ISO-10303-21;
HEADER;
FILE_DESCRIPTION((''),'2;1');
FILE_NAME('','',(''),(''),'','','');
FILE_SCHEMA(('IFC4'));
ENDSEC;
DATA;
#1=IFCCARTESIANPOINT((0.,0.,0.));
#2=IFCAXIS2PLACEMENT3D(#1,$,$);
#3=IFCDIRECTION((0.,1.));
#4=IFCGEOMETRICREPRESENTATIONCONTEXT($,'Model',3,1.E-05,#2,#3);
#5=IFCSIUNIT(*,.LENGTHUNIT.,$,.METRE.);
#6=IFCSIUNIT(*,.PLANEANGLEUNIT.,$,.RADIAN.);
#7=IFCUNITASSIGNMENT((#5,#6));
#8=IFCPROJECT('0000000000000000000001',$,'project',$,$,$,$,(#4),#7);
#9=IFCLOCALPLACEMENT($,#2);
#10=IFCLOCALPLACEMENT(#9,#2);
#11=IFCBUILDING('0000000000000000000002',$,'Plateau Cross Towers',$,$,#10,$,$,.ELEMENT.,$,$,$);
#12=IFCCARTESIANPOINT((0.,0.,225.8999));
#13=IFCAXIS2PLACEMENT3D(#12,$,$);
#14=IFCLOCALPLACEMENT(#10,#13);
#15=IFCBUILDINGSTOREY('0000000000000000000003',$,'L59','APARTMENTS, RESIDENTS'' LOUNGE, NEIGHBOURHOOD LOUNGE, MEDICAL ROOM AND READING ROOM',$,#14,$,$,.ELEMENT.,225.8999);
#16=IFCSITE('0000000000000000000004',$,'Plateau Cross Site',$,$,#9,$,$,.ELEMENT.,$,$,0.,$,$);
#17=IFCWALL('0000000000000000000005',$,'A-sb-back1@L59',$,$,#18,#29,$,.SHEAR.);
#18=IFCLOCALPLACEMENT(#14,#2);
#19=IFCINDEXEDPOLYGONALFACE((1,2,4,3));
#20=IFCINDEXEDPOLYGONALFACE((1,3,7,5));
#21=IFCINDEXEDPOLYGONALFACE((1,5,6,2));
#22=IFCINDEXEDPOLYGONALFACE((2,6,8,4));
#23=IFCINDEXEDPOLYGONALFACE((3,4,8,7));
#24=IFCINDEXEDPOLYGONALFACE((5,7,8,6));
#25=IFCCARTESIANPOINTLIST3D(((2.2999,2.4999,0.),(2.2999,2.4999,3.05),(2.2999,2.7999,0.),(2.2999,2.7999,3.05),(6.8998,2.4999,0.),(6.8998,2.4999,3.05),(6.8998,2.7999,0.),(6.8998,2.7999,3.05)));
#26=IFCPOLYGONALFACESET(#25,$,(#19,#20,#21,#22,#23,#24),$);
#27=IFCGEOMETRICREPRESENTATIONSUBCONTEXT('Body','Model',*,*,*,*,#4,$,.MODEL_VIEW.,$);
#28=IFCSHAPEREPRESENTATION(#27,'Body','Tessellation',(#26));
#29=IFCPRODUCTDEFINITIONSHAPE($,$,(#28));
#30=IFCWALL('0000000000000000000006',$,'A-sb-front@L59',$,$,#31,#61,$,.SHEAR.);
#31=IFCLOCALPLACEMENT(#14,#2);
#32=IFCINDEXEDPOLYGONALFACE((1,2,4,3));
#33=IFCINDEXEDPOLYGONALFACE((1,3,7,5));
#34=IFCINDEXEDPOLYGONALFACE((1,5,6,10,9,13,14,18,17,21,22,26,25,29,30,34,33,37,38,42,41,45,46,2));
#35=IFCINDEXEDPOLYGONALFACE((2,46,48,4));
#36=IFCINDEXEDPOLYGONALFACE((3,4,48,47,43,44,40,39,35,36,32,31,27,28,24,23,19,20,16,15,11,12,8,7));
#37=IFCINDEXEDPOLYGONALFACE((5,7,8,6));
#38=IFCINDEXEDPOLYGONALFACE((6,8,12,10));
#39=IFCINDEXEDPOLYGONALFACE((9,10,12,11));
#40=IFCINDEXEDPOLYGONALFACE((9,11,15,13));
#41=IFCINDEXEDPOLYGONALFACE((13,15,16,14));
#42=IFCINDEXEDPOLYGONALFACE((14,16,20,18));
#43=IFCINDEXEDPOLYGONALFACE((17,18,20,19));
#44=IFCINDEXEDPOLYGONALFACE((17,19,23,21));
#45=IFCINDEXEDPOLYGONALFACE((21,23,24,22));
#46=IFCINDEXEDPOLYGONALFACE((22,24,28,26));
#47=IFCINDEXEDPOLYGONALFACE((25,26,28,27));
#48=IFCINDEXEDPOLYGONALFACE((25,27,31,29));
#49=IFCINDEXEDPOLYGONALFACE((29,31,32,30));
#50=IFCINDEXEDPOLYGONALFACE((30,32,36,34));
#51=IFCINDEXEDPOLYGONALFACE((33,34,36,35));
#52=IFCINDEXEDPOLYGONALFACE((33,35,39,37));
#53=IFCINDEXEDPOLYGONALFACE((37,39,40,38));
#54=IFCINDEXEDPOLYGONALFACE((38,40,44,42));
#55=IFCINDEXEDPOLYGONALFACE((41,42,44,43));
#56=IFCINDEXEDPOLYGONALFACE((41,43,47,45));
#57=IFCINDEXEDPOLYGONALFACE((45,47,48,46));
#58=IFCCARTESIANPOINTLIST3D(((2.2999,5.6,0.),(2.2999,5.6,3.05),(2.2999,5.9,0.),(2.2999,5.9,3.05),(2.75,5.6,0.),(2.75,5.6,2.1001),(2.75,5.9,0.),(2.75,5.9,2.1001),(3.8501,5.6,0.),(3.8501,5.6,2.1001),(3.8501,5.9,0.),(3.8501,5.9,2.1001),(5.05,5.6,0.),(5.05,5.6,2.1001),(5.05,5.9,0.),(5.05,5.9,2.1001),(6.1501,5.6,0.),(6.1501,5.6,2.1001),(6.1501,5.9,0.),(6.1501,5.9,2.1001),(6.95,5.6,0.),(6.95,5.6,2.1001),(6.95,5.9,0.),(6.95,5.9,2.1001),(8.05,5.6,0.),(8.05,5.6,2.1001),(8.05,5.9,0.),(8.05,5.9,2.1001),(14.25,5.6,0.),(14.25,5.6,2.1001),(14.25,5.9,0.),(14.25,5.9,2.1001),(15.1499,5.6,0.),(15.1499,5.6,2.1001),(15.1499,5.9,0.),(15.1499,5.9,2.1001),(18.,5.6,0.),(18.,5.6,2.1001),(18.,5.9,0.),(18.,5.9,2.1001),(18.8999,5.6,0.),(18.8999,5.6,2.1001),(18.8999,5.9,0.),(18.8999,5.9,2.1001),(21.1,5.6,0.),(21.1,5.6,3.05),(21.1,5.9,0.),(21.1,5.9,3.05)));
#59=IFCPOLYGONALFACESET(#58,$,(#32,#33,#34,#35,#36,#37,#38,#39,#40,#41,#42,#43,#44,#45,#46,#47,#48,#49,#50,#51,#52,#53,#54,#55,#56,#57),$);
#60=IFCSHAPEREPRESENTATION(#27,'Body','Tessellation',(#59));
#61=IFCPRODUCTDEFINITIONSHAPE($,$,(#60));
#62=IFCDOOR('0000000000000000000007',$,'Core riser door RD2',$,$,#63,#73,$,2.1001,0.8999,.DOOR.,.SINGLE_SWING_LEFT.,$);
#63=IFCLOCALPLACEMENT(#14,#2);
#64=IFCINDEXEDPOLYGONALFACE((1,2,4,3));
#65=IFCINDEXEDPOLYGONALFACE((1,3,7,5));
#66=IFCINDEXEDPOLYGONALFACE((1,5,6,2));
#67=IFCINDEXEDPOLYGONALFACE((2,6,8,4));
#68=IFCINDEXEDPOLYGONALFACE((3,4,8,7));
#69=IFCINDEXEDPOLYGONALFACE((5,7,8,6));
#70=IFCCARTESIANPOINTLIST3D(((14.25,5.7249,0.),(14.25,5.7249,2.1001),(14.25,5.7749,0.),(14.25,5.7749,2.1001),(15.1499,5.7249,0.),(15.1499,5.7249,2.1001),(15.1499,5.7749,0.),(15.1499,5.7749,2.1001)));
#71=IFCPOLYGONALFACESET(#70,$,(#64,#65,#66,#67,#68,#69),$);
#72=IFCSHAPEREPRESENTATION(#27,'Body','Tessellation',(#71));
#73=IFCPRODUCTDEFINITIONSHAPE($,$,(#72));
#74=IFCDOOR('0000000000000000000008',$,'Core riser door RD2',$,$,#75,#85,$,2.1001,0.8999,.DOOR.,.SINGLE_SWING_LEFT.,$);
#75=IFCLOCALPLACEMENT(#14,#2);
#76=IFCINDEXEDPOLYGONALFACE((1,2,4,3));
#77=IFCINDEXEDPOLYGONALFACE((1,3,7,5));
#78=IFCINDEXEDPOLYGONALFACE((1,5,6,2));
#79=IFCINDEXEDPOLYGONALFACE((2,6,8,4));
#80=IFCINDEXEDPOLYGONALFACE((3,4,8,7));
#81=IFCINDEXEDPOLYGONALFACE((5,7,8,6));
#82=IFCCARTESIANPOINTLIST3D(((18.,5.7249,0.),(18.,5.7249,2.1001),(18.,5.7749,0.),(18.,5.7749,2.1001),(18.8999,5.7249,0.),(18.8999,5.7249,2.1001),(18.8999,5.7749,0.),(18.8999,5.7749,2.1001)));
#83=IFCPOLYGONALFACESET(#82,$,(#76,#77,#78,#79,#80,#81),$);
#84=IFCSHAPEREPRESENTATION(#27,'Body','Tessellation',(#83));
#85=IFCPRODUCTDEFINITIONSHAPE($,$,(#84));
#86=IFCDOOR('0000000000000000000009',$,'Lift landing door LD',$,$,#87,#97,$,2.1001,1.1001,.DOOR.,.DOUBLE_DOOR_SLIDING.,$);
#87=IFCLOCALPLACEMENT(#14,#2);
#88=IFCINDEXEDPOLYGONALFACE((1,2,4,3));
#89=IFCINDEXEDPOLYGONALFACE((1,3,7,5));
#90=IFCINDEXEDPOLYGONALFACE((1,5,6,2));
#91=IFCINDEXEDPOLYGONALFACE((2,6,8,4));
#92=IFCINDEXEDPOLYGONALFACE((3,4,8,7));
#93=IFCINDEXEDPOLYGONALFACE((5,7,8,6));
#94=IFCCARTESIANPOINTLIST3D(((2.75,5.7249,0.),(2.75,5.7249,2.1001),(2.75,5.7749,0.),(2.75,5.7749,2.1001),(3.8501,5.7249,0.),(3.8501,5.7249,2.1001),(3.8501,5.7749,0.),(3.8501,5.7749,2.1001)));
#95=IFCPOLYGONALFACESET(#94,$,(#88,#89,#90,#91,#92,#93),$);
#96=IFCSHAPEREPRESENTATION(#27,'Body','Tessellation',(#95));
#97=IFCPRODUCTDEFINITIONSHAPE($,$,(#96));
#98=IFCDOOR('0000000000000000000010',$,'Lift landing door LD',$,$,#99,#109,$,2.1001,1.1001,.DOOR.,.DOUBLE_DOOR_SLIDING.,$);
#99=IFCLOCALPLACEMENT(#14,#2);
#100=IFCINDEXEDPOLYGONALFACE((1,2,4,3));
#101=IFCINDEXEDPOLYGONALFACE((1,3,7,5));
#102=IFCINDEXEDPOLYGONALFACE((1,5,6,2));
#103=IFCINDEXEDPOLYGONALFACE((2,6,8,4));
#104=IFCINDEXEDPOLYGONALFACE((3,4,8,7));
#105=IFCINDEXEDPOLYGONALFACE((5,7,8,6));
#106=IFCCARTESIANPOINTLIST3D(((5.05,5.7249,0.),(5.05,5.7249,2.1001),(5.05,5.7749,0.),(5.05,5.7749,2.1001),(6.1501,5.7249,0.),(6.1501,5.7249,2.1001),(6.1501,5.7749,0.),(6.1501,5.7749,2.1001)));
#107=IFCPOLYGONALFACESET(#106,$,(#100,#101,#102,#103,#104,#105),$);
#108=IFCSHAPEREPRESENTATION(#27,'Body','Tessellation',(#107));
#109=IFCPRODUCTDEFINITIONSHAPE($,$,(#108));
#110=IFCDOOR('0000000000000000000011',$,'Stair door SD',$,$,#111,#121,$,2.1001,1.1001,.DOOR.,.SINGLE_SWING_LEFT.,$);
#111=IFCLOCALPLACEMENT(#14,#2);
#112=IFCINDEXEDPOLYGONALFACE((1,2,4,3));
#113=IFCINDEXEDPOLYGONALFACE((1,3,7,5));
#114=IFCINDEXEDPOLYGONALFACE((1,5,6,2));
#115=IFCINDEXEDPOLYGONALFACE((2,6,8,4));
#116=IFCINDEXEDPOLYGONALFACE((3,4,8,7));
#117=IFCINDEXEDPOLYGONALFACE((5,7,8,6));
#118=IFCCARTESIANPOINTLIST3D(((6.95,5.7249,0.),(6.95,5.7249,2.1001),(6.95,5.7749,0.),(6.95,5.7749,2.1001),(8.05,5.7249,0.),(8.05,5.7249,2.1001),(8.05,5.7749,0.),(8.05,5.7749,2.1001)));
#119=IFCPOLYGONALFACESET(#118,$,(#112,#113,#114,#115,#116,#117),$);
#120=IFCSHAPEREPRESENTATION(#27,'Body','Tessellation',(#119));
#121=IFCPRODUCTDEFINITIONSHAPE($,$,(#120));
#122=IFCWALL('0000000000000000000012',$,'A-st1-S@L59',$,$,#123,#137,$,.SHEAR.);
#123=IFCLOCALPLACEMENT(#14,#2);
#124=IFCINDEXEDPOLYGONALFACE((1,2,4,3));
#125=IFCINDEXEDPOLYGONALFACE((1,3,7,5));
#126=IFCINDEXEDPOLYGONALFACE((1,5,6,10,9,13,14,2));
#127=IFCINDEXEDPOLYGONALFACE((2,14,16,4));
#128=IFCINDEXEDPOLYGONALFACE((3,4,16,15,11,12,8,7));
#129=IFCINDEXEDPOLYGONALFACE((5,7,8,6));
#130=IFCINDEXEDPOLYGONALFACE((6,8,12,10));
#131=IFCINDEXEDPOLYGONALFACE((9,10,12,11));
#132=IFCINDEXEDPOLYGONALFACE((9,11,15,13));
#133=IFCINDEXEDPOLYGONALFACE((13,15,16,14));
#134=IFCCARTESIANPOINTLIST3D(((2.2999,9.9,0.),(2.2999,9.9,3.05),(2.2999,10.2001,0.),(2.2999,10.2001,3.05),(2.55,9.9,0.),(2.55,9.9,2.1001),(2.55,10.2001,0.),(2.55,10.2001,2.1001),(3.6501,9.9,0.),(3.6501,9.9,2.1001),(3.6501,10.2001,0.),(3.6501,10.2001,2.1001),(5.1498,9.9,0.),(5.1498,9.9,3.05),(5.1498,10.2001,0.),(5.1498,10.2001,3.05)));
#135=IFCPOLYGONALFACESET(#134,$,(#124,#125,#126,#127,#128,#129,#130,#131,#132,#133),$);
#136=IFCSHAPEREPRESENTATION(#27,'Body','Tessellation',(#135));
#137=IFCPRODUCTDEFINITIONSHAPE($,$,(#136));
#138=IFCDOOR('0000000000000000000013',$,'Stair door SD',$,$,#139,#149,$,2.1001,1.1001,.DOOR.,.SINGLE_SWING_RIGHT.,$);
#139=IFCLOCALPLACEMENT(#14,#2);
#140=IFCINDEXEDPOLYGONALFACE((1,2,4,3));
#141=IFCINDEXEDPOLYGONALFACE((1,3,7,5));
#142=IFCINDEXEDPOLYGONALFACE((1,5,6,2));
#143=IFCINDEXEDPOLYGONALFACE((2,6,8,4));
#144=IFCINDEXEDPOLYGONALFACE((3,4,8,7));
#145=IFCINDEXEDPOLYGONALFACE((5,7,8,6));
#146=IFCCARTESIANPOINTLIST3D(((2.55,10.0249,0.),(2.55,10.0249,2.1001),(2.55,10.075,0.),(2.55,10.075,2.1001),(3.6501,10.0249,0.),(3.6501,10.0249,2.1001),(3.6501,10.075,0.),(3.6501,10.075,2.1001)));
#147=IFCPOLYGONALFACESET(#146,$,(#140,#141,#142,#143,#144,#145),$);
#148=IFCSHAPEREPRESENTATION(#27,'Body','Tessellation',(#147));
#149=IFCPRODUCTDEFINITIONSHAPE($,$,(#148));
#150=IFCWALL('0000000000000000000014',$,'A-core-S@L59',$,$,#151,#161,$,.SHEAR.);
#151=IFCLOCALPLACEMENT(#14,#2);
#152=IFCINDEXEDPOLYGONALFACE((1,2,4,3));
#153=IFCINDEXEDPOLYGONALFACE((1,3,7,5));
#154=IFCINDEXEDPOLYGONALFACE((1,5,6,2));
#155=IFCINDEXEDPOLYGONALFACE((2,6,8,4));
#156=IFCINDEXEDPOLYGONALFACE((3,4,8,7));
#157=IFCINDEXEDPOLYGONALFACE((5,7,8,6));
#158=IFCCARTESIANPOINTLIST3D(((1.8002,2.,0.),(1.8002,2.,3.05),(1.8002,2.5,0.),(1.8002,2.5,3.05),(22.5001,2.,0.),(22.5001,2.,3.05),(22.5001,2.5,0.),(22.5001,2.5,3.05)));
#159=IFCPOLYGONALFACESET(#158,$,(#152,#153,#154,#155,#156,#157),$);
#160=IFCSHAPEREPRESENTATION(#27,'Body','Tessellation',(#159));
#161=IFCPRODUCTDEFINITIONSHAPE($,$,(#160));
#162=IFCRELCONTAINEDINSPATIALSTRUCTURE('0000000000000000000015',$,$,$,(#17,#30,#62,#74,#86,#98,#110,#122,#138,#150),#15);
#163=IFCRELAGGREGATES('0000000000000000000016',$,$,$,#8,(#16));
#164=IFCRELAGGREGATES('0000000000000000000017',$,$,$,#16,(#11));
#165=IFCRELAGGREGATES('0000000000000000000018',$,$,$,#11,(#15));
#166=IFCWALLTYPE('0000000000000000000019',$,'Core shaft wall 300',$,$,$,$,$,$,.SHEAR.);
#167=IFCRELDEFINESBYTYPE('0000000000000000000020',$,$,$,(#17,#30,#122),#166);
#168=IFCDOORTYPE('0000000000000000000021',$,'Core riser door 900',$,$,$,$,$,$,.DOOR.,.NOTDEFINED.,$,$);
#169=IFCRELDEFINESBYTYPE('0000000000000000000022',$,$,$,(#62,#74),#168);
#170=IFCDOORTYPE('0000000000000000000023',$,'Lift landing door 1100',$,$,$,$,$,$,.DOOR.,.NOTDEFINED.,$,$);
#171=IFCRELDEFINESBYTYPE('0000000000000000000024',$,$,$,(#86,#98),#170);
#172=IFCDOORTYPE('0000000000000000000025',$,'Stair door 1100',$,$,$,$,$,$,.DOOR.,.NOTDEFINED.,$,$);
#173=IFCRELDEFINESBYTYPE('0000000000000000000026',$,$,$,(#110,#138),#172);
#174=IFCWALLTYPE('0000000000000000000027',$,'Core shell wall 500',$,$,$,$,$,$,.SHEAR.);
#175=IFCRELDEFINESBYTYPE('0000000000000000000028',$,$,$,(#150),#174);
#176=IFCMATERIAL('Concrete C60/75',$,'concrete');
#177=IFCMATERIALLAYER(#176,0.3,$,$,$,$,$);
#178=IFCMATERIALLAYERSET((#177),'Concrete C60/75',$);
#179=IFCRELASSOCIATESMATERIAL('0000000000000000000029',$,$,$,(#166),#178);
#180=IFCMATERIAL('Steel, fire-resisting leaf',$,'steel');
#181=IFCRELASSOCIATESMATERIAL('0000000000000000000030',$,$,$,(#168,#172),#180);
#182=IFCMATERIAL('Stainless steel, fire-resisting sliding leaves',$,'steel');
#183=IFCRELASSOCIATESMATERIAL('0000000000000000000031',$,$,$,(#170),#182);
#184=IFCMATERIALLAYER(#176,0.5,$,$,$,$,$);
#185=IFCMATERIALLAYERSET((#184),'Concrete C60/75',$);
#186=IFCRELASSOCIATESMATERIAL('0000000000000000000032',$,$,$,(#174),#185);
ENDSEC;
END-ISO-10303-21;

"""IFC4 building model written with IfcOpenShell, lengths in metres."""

from ifc_helpers import new_model, si_unit, direction, frame, frame_2d, origin, place, context, subcontext, project, spatial, rectangle, extrude, material, layer, layer_set, type_object, element, fill, save


model = new_model("IFC4")

# Units and contexts
model_context = context("Model", 3, precision=1e-05, world=origin(), true_north=direction((0.0, 1.0)))
body_context = subcontext(model_context, "Body", "Model", "MODEL_VIEW")
ifc_project = project(units=[si_unit("LENGTHUNIT", "METRE"), si_unit("PLANEANGLEUNIT", "RADIAN")], contexts=[model_context])

# Site, building, storey
site_placement = place(None, origin())
site = spatial("IfcSite", under=ifc_project, at=site_placement, Name="Plateau Cross Site", CompositionType="ELEMENT", RefElevation=0.0)
building_placement = place(site_placement, origin())
building = spatial("IfcBuilding", under=site, at=building_placement, Name="Plateau Cross Towers", CompositionType="ELEMENT")
storey_placement = place(building_placement, frame((0.0, 0.0, 225.8999)))
storey = spatial("IfcBuildingStorey", under=building, at=storey_placement, Name="L59", Description="APARTMENTS, RESIDENTS' LOUNGE, NEIGHBOURHOOD LOUNGE, MEDICAL ROOM AND READING ROOM", CompositionType="ELEMENT", Elevation=225.8999)

# Shared definitions
ifc_material_1 = material(Name="Concrete C60/75", Category="concrete")

# Wall
ifc_layer_1 = layer(ifc_material_1, 0.3)
ifc_layer_set_1 = layer_set([ifc_layer_1], Name="Concrete C60/75")
wall_type_1 = type_object("IfcWallType", Name="Core shaft wall 300", PredefinedType="SHEAR", material=ifc_layer_set_1)
wall_1_placement = place(storey_placement, frame((2.3, 2.6499, 0.0), z_axis=(0.0, 0.0, 1.0), x_axis=(1.0, 0.0, 0.0)))
element("IfcWall", 1, at=wall_1_placement, inside=storey, type_object=wall_type_1, Name="A-sb-back1@L59", PredefinedType="SHEAR", context=body_context, shape_type="SweptSolid", body=[
    extrude(rectangle(XDim=4.5999, YDim=0.3, at=frame_2d((2.2998, 0.0))), origin(), (0.0, 0.0, 1.0), 3.05),
])

# Wall, openings, doors
wall_2_placement = place(storey_placement, frame((2.3, 5.75, 0.0), z_axis=(0.0, 0.0, 1.0), x_axis=(1.0, 0.0, 0.0)))
wall_2 = element("IfcWall", 2, at=wall_2_placement, inside=storey, type_object=wall_type_1, Name="A-sb-front@L59", PredefinedType="SHEAR", context=body_context, shape_type="SweptSolid", body=[
    extrude(rectangle(XDim=18.8, YDim=0.3, at=frame_2d((9.3999, 0.0))), origin(), (0.0, 0.0, 1.0), 3.05),
])
opening_1_placement = place(wall_2_placement, frame((4.6499, 0.0, 0.0)))
opening_1 = element("IfcOpeningElement", 3, at=opening_1_placement, cuts=wall_2, PredefinedType="OPENING", context=body_context, shape_type="SweptSolid", body=[
    extrude(rectangle(XDim=1.1001, YDim=2.1001, at=frame_2d((0.55, 1.05))), frame((0.0, 0.1599, 0.0), z_axis=(0.0, -1.0, 0.0), x_axis=(1.0, 0.0, 0.0)), (0.0, 0.0, 1.0), 0.3201),
])
opening_2_placement = place(wall_2_placement, frame((0.45, 0.0, 0.0)))
opening_2 = element("IfcOpeningElement", 4, at=opening_2_placement, cuts=wall_2, PredefinedType="OPENING", context=body_context, shape_type="SweptSolid", body=[
    extrude(rectangle(XDim=1.1001, YDim=2.1001, at=frame_2d((0.55, 1.05))), frame((0.0, 0.1599, 0.0), z_axis=(0.0, -1.0, 0.0), x_axis=(1.0, 0.0, 0.0)), (0.0, 0.0, 1.0), 0.3201),
])
opening_3_placement = place(wall_2_placement, frame((2.75, 0.0, 0.0)))
opening_3 = element("IfcOpeningElement", 5, at=opening_3_placement, cuts=wall_2, PredefinedType="OPENING", context=body_context, shape_type="SweptSolid", body=[
    extrude(rectangle(XDim=1.1001, YDim=2.1001, at=frame_2d((0.55, 1.05))), frame((0.0, 0.1599, 0.0), z_axis=(0.0, -1.0, 0.0), x_axis=(1.0, 0.0, 0.0)), (0.0, 0.0, 1.0), 0.3201),
])
opening_4_placement = place(wall_2_placement, frame((11.95, 0.0, 0.0)))
opening_4 = element("IfcOpeningElement", 6, at=opening_4_placement, cuts=wall_2, PredefinedType="OPENING", context=body_context, shape_type="SweptSolid", body=[
    extrude(rectangle(XDim=0.8999, YDim=2.1001, at=frame_2d((0.45, 1.05))), frame((0.0, 0.1599, 0.0), z_axis=(0.0, -1.0, 0.0), x_axis=(1.0, 0.0, 0.0)), (0.0, 0.0, 1.0), 0.3201),
])
opening_5_placement = place(wall_2_placement, frame((15.7, 0.0, 0.0)))
opening_5 = element("IfcOpeningElement", 7, at=opening_5_placement, cuts=wall_2, PredefinedType="OPENING", context=body_context, shape_type="SweptSolid", body=[
    extrude(rectangle(XDim=0.8999, YDim=2.1001, at=frame_2d((0.45, 1.05))), frame((0.0, 0.1599, 0.0), z_axis=(0.0, -1.0, 0.0), x_axis=(1.0, 0.0, 0.0)), (0.0, 0.0, 1.0), 0.3201),
])
ifc_material_2 = material(Name="Steel, fire-resisting leaf", Category="steel")
door_type_1 = type_object("IfcDoorType", Name="Core riser door 900", OperationType="NOTDEFINED", PredefinedType="DOOR", material=ifc_material_2)
door_1_placement = place(opening_4_placement, origin())
door_1 = element("IfcDoor", 8, at=door_1_placement, inside=storey, type_object=door_type_1, Name="Core riser door RD2", OperationType="SINGLE_SWING_LEFT", OverallHeight=2.1001, OverallWidth=0.8999, PredefinedType="DOOR", context=body_context, shape_type="SweptSolid", body=[
    extrude(rectangle(XDim=0.8999, YDim=2.1001, at=frame_2d((0.45, 1.05))), frame((0.0, 0.0249, 0.0), z_axis=(0.0, -1.0, 0.0), x_axis=(1.0, 0.0, 0.0)), (0.0, 0.0, 1.0), 0.05),
])
fill(opening_4, door_1)
door_2_placement = place(opening_5_placement, origin())
door_2 = element("IfcDoor", 9, at=door_2_placement, inside=storey, type_object=door_type_1, Name="Core riser door RD2", OperationType="SINGLE_SWING_LEFT", OverallHeight=2.1001, OverallWidth=0.8999, PredefinedType="DOOR", context=body_context, shape_type="SweptSolid", body=[
    extrude(rectangle(XDim=0.8999, YDim=2.1001, at=frame_2d((0.45, 1.05))), frame((0.0, 0.0249, 0.0), z_axis=(0.0, -1.0, 0.0), x_axis=(1.0, 0.0, 0.0)), (0.0, 0.0, 1.0), 0.05),
])
fill(opening_5, door_2)
ifc_material_3 = material(Name="Stainless steel, fire-resisting sliding leaves", Category="steel")
door_type_2 = type_object("IfcDoorType", Name="Lift landing door 1100", OperationType="NOTDEFINED", PredefinedType="DOOR", material=ifc_material_3)
door_3_placement = place(opening_2_placement, origin())
door_3 = element("IfcDoor", 10, at=door_3_placement, inside=storey, type_object=door_type_2, Name="Lift landing door LD", OperationType="DOUBLE_DOOR_SLIDING", OverallHeight=2.1001, OverallWidth=1.1001, PredefinedType="DOOR", context=body_context, shape_type="SweptSolid", body=[
    extrude(rectangle(XDim=1.1001, YDim=2.1001, at=frame_2d((0.55, 1.05))), frame((0.0, 0.0249, 0.0), z_axis=(0.0, -1.0, 0.0), x_axis=(1.0, 0.0, 0.0)), (0.0, 0.0, 1.0), 0.05),
])
fill(opening_2, door_3)
door_4_placement = place(opening_3_placement, origin())
door_4 = element("IfcDoor", 11, at=door_4_placement, inside=storey, type_object=door_type_2, Name="Lift landing door LD", OperationType="DOUBLE_DOOR_SLIDING", OverallHeight=2.1001, OverallWidth=1.1001, PredefinedType="DOOR", context=body_context, shape_type="SweptSolid", body=[
    extrude(rectangle(XDim=1.1001, YDim=2.1001, at=frame_2d((0.55, 1.05))), frame((0.0, 0.0249, 0.0), z_axis=(0.0, -1.0, 0.0), x_axis=(1.0, 0.0, 0.0)), (0.0, 0.0, 1.0), 0.05),
])
fill(opening_3, door_4)
door_type_3 = type_object("IfcDoorType", Name="Stair door 1100", OperationType="NOTDEFINED", PredefinedType="DOOR", material=ifc_material_2)
door_5_placement = place(opening_1_placement, origin())
door_5 = element("IfcDoor", 12, at=door_5_placement, inside=storey, type_object=door_type_3, Name="Stair door SD", OperationType="SINGLE_SWING_LEFT", OverallHeight=2.1001, OverallWidth=1.1001, PredefinedType="DOOR", context=body_context, shape_type="SweptSolid", body=[
    extrude(rectangle(XDim=1.1001, YDim=2.1001, at=frame_2d((0.55, 1.05))), frame((0.0, 0.0249, 0.0), z_axis=(0.0, -1.0, 0.0), x_axis=(1.0, 0.0, 0.0)), (0.0, 0.0, 1.0), 0.05),
])
fill(opening_1, door_5)

# Wall, opening, door
wall_3_placement = place(storey_placement, frame((2.3, 10.05, 0.0), z_axis=(0.0, 0.0, 1.0), x_axis=(1.0, 0.0, 0.0)))
wall_3 = element("IfcWall", 13, at=wall_3_placement, inside=storey, type_object=wall_type_1, Name="A-st1-S@L59", PredefinedType="SHEAR", context=body_context, shape_type="SweptSolid", body=[
    extrude(rectangle(XDim=2.8499, YDim=0.3, at=frame_2d((1.4248, 0.0))), origin(), (0.0, 0.0, 1.0), 3.05),
])
opening_6_placement = place(wall_3_placement, frame((0.25, 0.0, 0.0)))
opening_6 = element("IfcOpeningElement", 14, at=opening_6_placement, cuts=wall_3, PredefinedType="OPENING", context=body_context, shape_type="SweptSolid", body=[
    extrude(rectangle(XDim=1.1001, YDim=2.1001, at=frame_2d((0.55, 1.05))), frame((0.0, 0.1599, 0.0), z_axis=(0.0, -1.0, 0.0), x_axis=(1.0, 0.0, 0.0)), (0.0, 0.0, 1.0), 0.3201),
])
door_6_placement = place(opening_6_placement, origin())
door_6 = element("IfcDoor", 15, at=door_6_placement, inside=storey, type_object=door_type_3, Name="Stair door SD", OperationType="SINGLE_SWING_RIGHT", OverallHeight=2.1001, OverallWidth=1.1001, PredefinedType="DOOR", context=body_context, shape_type="SweptSolid", body=[
    extrude(rectangle(XDim=1.1001, YDim=2.1001, at=frame_2d((0.55, 1.05))), frame((0.0, 0.0249, 0.0), z_axis=(0.0, -1.0, 0.0), x_axis=(1.0, 0.0, 0.0)), (0.0, 0.0, 1.0), 0.05),
])
fill(opening_6, door_6)

# Wall
ifc_layer_2 = layer(ifc_material_1, 0.5)
ifc_layer_set_2 = layer_set([ifc_layer_2], Name="Concrete C60/75")
wall_type_2 = type_object("IfcWallType", Name="Core shell wall 500", PredefinedType="SHEAR", material=ifc_layer_set_2)
wall_4_placement = place(storey_placement, frame((1.8, 2.25, 0.0), z_axis=(0.0, 0.0, 1.0), x_axis=(1.0, 0.0, 0.0)))
element("IfcWall", 16, at=wall_4_placement, inside=storey, type_object=wall_type_2, Name="A-core-S@L59", PredefinedType="SHEAR", context=body_context, shape_type="SweptSolid", body=[
    extrude(rectangle(XDim=20.7, YDim=0.5, at=frame_2d((10.3501, 0.0))), origin(), (0.0, 0.0, 1.0), 3.05),
])

save(model, "model.ifc")
